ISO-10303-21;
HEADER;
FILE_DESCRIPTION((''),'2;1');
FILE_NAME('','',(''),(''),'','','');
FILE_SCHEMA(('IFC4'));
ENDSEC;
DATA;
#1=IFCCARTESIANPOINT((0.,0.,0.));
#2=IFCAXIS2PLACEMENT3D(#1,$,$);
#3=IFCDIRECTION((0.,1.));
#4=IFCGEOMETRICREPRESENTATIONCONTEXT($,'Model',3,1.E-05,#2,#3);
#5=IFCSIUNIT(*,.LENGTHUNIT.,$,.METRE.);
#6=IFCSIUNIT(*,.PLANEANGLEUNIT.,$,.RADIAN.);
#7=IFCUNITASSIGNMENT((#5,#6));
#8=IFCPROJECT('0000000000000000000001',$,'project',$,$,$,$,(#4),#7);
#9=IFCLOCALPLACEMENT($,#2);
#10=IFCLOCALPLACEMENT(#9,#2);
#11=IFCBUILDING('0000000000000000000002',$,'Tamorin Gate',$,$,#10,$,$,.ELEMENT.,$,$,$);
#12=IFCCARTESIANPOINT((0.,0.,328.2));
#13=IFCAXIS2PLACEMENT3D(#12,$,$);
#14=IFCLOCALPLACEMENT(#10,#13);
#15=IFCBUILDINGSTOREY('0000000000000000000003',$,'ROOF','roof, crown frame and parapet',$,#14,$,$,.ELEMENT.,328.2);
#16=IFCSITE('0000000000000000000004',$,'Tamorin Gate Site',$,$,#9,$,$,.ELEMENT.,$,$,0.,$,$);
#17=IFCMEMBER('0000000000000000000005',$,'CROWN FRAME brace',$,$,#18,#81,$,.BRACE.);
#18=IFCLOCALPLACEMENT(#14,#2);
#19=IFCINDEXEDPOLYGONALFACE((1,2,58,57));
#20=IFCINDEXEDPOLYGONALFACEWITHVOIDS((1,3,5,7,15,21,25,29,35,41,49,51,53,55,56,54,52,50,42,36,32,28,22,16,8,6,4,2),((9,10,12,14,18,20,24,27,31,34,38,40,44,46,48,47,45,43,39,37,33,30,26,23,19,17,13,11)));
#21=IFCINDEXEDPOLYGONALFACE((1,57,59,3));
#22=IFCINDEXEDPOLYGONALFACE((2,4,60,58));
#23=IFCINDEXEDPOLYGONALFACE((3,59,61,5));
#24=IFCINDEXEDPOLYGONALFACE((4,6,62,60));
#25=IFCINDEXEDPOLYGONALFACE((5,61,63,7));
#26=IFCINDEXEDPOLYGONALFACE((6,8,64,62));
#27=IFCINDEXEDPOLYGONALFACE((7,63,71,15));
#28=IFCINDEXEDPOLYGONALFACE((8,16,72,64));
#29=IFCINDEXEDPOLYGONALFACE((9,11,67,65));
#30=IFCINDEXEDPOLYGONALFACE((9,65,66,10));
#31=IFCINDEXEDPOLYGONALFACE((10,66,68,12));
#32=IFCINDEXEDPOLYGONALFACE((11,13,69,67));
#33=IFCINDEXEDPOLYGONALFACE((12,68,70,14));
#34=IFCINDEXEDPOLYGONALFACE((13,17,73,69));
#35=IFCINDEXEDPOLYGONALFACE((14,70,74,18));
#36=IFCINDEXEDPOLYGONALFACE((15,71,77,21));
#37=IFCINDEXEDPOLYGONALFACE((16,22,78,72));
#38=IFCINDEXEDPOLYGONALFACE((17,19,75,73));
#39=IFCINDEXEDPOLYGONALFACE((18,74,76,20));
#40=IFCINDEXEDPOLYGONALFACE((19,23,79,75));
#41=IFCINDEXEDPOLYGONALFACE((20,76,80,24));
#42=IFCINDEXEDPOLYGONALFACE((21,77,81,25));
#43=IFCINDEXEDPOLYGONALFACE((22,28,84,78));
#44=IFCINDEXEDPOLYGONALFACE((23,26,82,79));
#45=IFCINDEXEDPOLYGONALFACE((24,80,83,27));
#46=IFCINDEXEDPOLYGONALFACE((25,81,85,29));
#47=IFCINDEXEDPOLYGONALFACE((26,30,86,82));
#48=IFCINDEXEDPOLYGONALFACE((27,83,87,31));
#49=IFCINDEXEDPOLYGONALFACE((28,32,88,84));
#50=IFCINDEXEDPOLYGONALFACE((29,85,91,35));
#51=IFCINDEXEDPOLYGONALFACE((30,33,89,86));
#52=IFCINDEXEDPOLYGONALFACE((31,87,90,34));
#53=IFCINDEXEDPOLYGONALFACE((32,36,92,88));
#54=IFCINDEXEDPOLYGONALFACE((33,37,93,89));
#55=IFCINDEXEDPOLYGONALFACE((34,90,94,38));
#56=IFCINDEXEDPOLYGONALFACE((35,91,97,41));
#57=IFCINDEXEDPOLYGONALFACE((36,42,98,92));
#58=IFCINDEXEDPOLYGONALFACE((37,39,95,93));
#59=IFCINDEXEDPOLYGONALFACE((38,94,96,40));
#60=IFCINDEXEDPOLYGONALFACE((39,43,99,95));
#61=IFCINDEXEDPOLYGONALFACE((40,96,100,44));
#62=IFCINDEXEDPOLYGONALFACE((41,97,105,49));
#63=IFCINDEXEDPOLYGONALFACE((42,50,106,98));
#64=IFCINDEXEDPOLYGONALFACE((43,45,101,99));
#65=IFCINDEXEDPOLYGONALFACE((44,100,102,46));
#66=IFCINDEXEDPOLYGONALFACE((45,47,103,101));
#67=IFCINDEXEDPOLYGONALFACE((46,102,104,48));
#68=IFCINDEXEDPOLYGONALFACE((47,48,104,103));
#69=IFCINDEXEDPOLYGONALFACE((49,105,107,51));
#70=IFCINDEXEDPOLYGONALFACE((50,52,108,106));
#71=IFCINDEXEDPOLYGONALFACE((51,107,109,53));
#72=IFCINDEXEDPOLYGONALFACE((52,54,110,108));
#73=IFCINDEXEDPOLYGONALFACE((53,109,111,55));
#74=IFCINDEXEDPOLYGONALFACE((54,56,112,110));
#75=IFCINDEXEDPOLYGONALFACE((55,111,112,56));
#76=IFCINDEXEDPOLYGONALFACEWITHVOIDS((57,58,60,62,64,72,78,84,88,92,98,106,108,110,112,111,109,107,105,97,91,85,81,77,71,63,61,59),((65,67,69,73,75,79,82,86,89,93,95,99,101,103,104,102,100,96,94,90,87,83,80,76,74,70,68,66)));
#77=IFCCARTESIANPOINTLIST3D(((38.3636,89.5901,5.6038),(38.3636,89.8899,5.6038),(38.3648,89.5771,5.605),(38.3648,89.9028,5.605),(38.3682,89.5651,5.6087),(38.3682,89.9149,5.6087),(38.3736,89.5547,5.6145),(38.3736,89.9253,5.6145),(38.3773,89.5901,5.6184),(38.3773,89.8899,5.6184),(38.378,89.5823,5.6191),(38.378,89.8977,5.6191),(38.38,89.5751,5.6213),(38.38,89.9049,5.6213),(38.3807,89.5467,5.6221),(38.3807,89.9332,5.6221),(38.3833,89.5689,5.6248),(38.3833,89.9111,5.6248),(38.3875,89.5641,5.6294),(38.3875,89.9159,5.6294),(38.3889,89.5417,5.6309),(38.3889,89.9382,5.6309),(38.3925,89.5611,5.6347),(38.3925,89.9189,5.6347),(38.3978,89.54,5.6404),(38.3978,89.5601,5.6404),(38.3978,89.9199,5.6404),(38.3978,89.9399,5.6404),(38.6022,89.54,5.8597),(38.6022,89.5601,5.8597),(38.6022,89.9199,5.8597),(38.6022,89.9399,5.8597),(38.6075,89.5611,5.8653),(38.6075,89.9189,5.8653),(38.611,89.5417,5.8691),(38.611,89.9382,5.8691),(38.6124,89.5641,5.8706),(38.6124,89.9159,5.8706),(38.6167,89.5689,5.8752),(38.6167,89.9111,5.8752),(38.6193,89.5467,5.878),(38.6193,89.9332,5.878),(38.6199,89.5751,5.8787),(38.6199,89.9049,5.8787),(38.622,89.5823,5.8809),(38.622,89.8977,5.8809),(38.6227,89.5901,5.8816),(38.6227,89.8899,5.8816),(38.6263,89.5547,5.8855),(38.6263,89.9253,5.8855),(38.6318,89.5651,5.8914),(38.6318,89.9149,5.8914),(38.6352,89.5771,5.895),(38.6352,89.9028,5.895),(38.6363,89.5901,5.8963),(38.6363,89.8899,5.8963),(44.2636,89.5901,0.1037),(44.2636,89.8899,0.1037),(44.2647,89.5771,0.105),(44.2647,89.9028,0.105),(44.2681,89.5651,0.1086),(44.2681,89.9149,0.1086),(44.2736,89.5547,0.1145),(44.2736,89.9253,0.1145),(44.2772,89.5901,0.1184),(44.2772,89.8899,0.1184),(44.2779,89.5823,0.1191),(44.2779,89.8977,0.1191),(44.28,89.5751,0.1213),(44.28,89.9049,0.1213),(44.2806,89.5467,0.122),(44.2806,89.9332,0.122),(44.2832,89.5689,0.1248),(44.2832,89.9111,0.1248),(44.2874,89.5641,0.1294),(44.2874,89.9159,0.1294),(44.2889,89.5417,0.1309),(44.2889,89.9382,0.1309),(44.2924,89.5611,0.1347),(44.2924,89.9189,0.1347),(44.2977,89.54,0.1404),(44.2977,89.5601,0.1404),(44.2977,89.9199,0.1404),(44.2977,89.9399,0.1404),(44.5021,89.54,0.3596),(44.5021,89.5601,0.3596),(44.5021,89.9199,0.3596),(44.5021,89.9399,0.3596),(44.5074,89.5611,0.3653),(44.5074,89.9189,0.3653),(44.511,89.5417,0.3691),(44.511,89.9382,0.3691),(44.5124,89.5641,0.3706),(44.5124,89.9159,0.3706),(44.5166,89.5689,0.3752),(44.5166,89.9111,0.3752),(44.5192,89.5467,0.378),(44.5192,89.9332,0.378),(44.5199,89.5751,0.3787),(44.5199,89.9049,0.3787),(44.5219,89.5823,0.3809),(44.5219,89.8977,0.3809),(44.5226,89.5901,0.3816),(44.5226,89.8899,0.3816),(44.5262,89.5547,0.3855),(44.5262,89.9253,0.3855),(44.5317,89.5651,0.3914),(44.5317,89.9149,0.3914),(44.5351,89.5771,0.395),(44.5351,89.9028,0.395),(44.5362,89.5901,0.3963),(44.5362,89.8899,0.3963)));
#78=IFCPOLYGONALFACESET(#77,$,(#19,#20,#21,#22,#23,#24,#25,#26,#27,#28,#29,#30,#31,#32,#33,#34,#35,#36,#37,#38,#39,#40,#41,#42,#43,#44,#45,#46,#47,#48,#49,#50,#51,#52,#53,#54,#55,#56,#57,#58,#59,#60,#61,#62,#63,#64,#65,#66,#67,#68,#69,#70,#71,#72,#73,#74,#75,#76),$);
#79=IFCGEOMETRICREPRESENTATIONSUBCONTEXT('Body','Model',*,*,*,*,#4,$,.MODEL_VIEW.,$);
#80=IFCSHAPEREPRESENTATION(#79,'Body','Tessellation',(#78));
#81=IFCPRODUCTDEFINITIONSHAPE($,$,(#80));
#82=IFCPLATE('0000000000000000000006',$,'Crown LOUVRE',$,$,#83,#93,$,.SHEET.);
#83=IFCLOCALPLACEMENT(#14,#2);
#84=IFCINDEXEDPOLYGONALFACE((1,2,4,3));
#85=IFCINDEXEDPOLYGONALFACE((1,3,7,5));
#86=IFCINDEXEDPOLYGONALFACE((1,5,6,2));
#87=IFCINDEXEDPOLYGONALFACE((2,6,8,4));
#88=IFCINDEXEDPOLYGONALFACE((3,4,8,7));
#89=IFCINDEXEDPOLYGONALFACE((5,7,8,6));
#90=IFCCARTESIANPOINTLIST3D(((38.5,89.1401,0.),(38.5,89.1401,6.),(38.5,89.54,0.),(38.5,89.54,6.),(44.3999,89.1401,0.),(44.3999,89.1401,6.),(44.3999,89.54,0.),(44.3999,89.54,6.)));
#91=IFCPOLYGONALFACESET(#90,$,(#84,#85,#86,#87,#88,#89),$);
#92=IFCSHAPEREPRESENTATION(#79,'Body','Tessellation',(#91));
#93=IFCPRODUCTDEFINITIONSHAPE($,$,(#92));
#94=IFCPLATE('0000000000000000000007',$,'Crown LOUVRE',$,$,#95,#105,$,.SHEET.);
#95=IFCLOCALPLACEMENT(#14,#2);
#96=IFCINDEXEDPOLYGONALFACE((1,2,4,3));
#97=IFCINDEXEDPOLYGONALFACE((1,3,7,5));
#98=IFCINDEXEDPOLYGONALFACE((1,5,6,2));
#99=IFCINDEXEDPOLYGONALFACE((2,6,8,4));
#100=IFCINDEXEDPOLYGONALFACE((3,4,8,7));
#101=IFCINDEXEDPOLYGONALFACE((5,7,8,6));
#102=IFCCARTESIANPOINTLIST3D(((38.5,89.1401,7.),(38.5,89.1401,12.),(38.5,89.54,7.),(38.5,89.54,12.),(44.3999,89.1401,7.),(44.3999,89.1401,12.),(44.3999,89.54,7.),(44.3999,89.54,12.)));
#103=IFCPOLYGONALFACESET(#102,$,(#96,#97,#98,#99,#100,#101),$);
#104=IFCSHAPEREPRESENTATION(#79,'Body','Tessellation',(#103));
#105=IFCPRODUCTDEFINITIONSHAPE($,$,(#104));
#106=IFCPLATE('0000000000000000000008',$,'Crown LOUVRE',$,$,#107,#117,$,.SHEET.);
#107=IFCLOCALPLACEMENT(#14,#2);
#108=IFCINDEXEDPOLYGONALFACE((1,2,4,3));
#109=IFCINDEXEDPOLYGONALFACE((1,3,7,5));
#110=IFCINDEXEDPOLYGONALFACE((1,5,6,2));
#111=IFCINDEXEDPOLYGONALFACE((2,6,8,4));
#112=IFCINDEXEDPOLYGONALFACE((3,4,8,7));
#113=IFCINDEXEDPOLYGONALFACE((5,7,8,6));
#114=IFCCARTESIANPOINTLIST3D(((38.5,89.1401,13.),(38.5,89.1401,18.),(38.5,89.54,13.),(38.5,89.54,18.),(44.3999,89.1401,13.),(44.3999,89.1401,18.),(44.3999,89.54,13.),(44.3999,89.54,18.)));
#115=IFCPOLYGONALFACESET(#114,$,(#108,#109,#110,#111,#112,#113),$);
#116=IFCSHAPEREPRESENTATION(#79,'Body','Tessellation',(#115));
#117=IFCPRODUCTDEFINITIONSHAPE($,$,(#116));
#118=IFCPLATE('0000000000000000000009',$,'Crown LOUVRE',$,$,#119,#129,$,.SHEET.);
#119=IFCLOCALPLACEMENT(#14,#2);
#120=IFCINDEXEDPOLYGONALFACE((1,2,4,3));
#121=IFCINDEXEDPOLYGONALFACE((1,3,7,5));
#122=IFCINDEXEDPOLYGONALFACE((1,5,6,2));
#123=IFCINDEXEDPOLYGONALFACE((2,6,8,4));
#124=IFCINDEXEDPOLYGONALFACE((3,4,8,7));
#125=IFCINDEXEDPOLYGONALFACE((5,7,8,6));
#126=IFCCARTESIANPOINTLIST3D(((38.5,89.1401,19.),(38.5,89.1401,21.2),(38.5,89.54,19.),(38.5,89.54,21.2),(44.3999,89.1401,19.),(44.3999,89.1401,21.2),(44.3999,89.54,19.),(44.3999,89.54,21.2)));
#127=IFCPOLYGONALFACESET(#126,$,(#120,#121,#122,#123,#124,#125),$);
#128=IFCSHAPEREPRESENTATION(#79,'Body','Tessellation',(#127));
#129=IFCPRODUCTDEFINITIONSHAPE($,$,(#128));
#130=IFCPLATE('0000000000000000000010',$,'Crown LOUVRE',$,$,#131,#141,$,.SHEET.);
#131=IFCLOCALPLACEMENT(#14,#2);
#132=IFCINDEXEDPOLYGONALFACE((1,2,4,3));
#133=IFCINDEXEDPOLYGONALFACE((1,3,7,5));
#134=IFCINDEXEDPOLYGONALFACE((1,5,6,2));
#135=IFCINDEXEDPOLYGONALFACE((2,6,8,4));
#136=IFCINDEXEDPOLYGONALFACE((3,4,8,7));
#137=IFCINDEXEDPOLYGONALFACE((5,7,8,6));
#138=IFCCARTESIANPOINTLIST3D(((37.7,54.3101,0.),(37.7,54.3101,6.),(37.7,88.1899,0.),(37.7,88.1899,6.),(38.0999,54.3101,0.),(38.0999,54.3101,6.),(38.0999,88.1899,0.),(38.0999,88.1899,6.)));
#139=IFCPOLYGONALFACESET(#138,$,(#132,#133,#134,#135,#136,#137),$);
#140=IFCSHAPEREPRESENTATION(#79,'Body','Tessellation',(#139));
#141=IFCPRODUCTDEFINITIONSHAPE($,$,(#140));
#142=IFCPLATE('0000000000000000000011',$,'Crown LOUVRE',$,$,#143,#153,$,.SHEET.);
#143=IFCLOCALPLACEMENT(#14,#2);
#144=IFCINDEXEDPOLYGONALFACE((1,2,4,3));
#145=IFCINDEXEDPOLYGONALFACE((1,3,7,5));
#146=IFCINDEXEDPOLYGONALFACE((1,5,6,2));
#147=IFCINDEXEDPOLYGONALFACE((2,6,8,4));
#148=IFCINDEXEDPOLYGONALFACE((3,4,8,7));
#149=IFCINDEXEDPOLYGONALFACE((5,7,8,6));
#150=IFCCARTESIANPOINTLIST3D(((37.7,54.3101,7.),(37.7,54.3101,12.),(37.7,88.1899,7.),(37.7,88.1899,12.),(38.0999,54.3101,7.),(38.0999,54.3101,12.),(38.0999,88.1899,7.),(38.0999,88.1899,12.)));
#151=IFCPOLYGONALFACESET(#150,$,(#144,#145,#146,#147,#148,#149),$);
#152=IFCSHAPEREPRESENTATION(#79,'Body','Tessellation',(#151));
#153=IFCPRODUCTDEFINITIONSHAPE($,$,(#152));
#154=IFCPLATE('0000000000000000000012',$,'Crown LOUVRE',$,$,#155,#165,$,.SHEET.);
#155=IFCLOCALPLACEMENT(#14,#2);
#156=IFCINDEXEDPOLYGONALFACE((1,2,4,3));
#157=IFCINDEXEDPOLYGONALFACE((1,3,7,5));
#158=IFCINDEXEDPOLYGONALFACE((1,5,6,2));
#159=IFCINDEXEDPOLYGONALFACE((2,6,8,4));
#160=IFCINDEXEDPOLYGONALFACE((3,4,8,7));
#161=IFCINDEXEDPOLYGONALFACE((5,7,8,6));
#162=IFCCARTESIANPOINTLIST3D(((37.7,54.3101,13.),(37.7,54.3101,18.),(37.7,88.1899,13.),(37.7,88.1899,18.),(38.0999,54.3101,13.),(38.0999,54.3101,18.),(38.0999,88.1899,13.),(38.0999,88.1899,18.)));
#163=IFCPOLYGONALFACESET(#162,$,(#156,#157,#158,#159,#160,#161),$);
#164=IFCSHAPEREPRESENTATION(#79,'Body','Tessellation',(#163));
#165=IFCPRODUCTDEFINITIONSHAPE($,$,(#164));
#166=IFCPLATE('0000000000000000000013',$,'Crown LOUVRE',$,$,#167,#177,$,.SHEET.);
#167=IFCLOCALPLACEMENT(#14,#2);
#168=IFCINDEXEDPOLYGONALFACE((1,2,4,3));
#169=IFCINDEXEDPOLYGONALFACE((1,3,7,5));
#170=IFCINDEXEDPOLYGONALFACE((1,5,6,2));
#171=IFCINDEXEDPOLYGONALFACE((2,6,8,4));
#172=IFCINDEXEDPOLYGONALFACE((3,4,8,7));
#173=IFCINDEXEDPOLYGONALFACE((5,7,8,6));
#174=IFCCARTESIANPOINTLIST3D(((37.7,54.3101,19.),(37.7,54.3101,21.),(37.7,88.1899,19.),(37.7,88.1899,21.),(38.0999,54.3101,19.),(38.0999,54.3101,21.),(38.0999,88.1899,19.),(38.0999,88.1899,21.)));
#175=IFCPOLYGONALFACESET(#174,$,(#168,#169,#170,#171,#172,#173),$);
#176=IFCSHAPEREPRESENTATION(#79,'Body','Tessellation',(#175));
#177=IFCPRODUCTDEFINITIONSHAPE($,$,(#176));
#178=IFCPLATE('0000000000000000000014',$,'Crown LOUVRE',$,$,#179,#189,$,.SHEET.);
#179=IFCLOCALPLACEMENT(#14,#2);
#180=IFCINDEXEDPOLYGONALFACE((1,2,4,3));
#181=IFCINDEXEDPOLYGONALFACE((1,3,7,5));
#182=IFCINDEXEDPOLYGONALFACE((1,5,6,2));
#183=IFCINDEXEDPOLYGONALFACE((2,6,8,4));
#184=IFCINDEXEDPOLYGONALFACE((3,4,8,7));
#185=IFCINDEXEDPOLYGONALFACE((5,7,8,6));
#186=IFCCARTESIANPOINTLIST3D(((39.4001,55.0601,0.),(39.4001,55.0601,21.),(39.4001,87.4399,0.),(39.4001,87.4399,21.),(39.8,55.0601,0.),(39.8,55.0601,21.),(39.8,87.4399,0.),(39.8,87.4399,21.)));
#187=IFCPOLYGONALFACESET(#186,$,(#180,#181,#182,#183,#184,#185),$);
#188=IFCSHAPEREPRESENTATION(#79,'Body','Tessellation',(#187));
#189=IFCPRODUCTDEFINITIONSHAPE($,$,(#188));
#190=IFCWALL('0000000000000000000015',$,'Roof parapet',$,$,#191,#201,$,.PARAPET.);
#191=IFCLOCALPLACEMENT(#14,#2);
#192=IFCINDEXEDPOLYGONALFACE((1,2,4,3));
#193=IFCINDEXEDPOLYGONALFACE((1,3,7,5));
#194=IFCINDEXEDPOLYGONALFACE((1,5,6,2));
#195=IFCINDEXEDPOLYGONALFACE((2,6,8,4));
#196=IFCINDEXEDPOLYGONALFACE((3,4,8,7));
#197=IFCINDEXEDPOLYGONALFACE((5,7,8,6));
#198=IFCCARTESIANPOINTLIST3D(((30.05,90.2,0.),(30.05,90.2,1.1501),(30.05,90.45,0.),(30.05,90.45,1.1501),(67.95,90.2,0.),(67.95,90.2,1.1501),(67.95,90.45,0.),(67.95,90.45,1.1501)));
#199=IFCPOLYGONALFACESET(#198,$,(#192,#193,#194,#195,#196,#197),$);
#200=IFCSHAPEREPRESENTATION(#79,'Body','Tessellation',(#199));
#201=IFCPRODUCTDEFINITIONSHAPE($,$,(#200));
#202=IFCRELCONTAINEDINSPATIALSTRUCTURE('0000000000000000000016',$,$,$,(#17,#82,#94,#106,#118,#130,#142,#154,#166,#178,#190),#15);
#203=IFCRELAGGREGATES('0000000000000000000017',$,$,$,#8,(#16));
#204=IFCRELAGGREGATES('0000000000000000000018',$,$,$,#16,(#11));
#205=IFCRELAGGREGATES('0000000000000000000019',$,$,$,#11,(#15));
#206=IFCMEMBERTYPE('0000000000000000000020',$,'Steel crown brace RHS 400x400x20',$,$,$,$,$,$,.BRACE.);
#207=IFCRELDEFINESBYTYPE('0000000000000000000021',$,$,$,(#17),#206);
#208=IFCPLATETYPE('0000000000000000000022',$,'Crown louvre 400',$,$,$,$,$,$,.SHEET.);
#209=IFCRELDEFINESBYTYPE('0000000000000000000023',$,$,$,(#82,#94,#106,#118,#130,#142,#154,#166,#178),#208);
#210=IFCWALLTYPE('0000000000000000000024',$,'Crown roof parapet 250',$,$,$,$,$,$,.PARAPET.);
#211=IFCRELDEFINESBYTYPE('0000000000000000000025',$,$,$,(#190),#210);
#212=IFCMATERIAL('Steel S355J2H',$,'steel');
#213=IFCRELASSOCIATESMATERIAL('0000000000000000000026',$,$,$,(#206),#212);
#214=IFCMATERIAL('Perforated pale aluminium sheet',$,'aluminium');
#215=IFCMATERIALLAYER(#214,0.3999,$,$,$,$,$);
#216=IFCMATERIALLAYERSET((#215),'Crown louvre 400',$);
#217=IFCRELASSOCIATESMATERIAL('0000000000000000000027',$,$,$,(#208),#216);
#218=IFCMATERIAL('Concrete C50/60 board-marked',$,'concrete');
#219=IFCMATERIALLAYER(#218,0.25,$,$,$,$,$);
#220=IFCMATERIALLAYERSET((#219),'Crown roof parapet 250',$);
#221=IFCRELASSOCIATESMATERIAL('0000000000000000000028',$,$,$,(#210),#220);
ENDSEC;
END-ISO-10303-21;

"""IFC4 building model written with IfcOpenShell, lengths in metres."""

from ifc_helpers import new_model, si_unit, direction, frame, frame_2d, origin, origin_2d, place, context, subcontext, project, spatial, rectangle, hollow_rectangle, extrude, material, layer, layer_set, material_profile, profile_set, type_object, element, save


model = new_model("IFC4")

# Units and contexts
model_context = context("Model", 3, precision=1e-05, world=origin(), true_north=direction((0.0, 1.0)))
body_context = subcontext(model_context, "Body", "Model", "MODEL_VIEW")
ifc_project = project(units=[si_unit("LENGTHUNIT", "METRE"), si_unit("PLANEANGLEUNIT", "RADIAN")], contexts=[model_context])

# Site, building, storey
site_placement = place(None, origin())
site = spatial("IfcSite", under=ifc_project, at=site_placement, Name="Tamorin Gate Site", CompositionType="ELEMENT", RefElevation=0.0)
building_placement = place(site_placement, origin())
building = spatial("IfcBuilding", under=site, at=building_placement, Name="Tamorin Gate", CompositionType="ELEMENT")
storey_placement = place(building_placement, frame((0.0, 0.0, 328.2)))
storey = spatial("IfcBuildingStorey", under=building, at=storey_placement, Name="ROOF", Description="roof, crown frame and parapet", CompositionType="ELEMENT", Elevation=328.2)

# Member
ifc_material_1 = material(Name="Steel S355J2H", Category="steel")
ifc_material_profile_1 = material_profile(ifc_material_1, hollow_rectangle(XDim=0.3999, YDim=0.3999, WallThickness=0.02, InnerFilletRadius=0.03, OuterFilletRadius=0.05, at=origin_2d()), Name="RHS 400x400x20")
ifc_profile_set_1 = profile_set([ifc_material_profile_1], Name="Steel S355J2H")
member_type_1 = type_object("IfcMemberType", Name="Steel crown brace RHS 400x400x20", PredefinedType="BRACE", material=ifc_profile_set_1)
member_1_placement = place(storey_placement, frame((44.3999, 89.74, 0.25), z_axis=(-0.731462, 0.0, 0.681882), x_axis=(0.0, -1.0, 0.0)))
element("IfcMember", 1, at=member_1_placement, inside=storey, type_object=member_type_1, Name="CROWN FRAME brace", PredefinedType="BRACE", context=body_context, shape_type="SweptSolid", body=[
    extrude(hollow_rectangle(XDim=0.3999, YDim=0.3999, WallThickness=0.02, InnerFilletRadius=0.03, OuterFilletRadius=0.05, at=origin_2d()), origin(), (0.0, 0.0, 1.0), 8.0659),
])

# Plates
ifc_material_2 = material(Name="Perforated pale aluminium sheet", Category="aluminium")
ifc_layer_1 = layer(ifc_material_2, 0.3999)
ifc_layer_set_1 = layer_set([ifc_layer_1], Name="Crown louvre 400")
plate_type = type_object("IfcPlateType", Name="Crown louvre 400", PredefinedType="SHEET", material=ifc_layer_set_1)
plate_1_placement = place(storey_placement, frame((41.45, 89.3401, 0.0), z_axis=(0.0, 0.0, 1.0), x_axis=(1.0, 0.0, 0.0)))
element("IfcPlate", 2, at=plate_1_placement, inside=storey, type_object=plate_type, Name="Crown LOUVRE", PredefinedType="SHEET", context=body_context, shape_type="SweptSolid", body=[
    extrude(rectangle(XDim=5.8999, YDim=0.3999, at=origin_2d()), origin(), (0.0, 0.0, 1.0), 6.0),
])
for number, where, z_axis, x_axis, name in (
    (3, (41.45, 89.3401, 7.0), (0.0, 0.0, 1.0), (1.0, 0.0, 0.0), "Crown LOUVRE"),
    (4, (41.45, 89.3401, 13.0), (0.0, 0.0, 1.0), (1.0, 0.0, 0.0), "Crown LOUVRE"),
):
    element("IfcPlate", number, at=place(storey_placement, frame(where, z_axis=z_axis, x_axis=x_axis)), inside=storey, type_object=plate_type, Name=name, PredefinedType="SHEET", context=body_context, shape_type="SweptSolid", body=[
        extrude(rectangle(XDim=5.8999, YDim=0.3999, at=origin_2d()), origin(), (0.0, 0.0, 1.0), 5.0),
    ])
plate_2_placement = place(storey_placement, frame((41.45, 89.3401, 19.0), z_axis=(0.0, 0.0, 1.0), x_axis=(1.0, 0.0, 0.0)))
element("IfcPlate", 5, at=plate_2_placement, inside=storey, type_object=plate_type, Name="Crown LOUVRE", PredefinedType="SHEET", context=body_context, shape_type="SweptSolid", body=[
    extrude(rectangle(XDim=5.8999, YDim=0.3999, at=origin_2d()), origin(), (0.0, 0.0, 1.0), 2.2),
])
plate_3_placement = place(storey_placement, frame((37.8999, 71.25, 0.0), z_axis=(0.0, 0.0, 1.0), x_axis=(0.0, 1.0, 0.0)))
element("IfcPlate", 6, at=plate_3_placement, inside=storey, type_object=plate_type, Name="Crown LOUVRE", PredefinedType="SHEET", context=body_context, shape_type="SweptSolid", body=[
    extrude(rectangle(XDim=33.8799, YDim=0.3999, at=origin_2d()), origin(), (0.0, 0.0, 1.0), 6.0),
])
for number, where, z_axis, x_axis, name in (
    (7, (37.8999, 71.25, 7.0), (0.0, 0.0, 1.0), (0.0, 1.0, 0.0), "Crown LOUVRE"),
    (8, (37.8999, 71.25, 13.0), (0.0, 0.0, 1.0), (0.0, 1.0, 0.0), "Crown LOUVRE"),
):
    element("IfcPlate", number, at=place(storey_placement, frame(where, z_axis=z_axis, x_axis=x_axis)), inside=storey, type_object=plate_type, Name=name, PredefinedType="SHEET", context=body_context, shape_type="SweptSolid", body=[
        extrude(rectangle(XDim=33.8799, YDim=0.3999, at=origin_2d()), origin(), (0.0, 0.0, 1.0), 5.0),
    ])
plate_4_placement = place(storey_placement, frame((37.8999, 71.25, 19.0), z_axis=(0.0, 0.0, 1.0), x_axis=(0.0, 1.0, 0.0)))
element("IfcPlate", 9, at=plate_4_placement, inside=storey, type_object=plate_type, Name="Crown LOUVRE", PredefinedType="SHEET", context=body_context, shape_type="SweptSolid", body=[
    extrude(rectangle(XDim=33.8799, YDim=0.3999, at=origin_2d()), origin(), (0.0, 0.0, 1.0), 2.0),
])
plate_5_placement = place(storey_placement, frame((39.6001, 71.25, 0.0), z_axis=(0.0, 0.0, 1.0), x_axis=(0.0, 1.0, 0.0)))
element("IfcPlate", 10, at=plate_5_placement, inside=storey, type_object=plate_type, Name="Crown LOUVRE", PredefinedType="SHEET", context=body_context, shape_type="SweptSolid", body=[
    extrude(rectangle(XDim=32.3799, YDim=0.3999, at=origin_2d()), origin(), (0.0, 0.0, 1.0), 21.0),
])

# Wall
ifc_material_3 = material(Name="Concrete C50/60 board-marked", Category="concrete")
ifc_layer_2 = layer(ifc_material_3, 0.25)
ifc_layer_set_2 = layer_set([ifc_layer_2], Name="Crown roof parapet 250")
wall_type_1 = type_object("IfcWallType", Name="Crown roof parapet 250", PredefinedType="PARAPET", material=ifc_layer_set_2)
wall_1_placement = place(storey_placement, frame((30.05, 90.325, 0.0), z_axis=(0.0, 0.0, 1.0), x_axis=(1.0, 0.0, 0.0)))
element("IfcWall", 11, at=wall_1_placement, inside=storey, type_object=wall_type_1, Name="Roof parapet", PredefinedType="PARAPET", context=body_context, shape_type="SweptSolid", body=[
    extrude(rectangle(XDim=37.8999, YDim=0.25, at=frame_2d((18.95, 0.0))), origin(), (0.0, 0.0, 1.0), 1.1501),
])

save(model, "model.ifc")
